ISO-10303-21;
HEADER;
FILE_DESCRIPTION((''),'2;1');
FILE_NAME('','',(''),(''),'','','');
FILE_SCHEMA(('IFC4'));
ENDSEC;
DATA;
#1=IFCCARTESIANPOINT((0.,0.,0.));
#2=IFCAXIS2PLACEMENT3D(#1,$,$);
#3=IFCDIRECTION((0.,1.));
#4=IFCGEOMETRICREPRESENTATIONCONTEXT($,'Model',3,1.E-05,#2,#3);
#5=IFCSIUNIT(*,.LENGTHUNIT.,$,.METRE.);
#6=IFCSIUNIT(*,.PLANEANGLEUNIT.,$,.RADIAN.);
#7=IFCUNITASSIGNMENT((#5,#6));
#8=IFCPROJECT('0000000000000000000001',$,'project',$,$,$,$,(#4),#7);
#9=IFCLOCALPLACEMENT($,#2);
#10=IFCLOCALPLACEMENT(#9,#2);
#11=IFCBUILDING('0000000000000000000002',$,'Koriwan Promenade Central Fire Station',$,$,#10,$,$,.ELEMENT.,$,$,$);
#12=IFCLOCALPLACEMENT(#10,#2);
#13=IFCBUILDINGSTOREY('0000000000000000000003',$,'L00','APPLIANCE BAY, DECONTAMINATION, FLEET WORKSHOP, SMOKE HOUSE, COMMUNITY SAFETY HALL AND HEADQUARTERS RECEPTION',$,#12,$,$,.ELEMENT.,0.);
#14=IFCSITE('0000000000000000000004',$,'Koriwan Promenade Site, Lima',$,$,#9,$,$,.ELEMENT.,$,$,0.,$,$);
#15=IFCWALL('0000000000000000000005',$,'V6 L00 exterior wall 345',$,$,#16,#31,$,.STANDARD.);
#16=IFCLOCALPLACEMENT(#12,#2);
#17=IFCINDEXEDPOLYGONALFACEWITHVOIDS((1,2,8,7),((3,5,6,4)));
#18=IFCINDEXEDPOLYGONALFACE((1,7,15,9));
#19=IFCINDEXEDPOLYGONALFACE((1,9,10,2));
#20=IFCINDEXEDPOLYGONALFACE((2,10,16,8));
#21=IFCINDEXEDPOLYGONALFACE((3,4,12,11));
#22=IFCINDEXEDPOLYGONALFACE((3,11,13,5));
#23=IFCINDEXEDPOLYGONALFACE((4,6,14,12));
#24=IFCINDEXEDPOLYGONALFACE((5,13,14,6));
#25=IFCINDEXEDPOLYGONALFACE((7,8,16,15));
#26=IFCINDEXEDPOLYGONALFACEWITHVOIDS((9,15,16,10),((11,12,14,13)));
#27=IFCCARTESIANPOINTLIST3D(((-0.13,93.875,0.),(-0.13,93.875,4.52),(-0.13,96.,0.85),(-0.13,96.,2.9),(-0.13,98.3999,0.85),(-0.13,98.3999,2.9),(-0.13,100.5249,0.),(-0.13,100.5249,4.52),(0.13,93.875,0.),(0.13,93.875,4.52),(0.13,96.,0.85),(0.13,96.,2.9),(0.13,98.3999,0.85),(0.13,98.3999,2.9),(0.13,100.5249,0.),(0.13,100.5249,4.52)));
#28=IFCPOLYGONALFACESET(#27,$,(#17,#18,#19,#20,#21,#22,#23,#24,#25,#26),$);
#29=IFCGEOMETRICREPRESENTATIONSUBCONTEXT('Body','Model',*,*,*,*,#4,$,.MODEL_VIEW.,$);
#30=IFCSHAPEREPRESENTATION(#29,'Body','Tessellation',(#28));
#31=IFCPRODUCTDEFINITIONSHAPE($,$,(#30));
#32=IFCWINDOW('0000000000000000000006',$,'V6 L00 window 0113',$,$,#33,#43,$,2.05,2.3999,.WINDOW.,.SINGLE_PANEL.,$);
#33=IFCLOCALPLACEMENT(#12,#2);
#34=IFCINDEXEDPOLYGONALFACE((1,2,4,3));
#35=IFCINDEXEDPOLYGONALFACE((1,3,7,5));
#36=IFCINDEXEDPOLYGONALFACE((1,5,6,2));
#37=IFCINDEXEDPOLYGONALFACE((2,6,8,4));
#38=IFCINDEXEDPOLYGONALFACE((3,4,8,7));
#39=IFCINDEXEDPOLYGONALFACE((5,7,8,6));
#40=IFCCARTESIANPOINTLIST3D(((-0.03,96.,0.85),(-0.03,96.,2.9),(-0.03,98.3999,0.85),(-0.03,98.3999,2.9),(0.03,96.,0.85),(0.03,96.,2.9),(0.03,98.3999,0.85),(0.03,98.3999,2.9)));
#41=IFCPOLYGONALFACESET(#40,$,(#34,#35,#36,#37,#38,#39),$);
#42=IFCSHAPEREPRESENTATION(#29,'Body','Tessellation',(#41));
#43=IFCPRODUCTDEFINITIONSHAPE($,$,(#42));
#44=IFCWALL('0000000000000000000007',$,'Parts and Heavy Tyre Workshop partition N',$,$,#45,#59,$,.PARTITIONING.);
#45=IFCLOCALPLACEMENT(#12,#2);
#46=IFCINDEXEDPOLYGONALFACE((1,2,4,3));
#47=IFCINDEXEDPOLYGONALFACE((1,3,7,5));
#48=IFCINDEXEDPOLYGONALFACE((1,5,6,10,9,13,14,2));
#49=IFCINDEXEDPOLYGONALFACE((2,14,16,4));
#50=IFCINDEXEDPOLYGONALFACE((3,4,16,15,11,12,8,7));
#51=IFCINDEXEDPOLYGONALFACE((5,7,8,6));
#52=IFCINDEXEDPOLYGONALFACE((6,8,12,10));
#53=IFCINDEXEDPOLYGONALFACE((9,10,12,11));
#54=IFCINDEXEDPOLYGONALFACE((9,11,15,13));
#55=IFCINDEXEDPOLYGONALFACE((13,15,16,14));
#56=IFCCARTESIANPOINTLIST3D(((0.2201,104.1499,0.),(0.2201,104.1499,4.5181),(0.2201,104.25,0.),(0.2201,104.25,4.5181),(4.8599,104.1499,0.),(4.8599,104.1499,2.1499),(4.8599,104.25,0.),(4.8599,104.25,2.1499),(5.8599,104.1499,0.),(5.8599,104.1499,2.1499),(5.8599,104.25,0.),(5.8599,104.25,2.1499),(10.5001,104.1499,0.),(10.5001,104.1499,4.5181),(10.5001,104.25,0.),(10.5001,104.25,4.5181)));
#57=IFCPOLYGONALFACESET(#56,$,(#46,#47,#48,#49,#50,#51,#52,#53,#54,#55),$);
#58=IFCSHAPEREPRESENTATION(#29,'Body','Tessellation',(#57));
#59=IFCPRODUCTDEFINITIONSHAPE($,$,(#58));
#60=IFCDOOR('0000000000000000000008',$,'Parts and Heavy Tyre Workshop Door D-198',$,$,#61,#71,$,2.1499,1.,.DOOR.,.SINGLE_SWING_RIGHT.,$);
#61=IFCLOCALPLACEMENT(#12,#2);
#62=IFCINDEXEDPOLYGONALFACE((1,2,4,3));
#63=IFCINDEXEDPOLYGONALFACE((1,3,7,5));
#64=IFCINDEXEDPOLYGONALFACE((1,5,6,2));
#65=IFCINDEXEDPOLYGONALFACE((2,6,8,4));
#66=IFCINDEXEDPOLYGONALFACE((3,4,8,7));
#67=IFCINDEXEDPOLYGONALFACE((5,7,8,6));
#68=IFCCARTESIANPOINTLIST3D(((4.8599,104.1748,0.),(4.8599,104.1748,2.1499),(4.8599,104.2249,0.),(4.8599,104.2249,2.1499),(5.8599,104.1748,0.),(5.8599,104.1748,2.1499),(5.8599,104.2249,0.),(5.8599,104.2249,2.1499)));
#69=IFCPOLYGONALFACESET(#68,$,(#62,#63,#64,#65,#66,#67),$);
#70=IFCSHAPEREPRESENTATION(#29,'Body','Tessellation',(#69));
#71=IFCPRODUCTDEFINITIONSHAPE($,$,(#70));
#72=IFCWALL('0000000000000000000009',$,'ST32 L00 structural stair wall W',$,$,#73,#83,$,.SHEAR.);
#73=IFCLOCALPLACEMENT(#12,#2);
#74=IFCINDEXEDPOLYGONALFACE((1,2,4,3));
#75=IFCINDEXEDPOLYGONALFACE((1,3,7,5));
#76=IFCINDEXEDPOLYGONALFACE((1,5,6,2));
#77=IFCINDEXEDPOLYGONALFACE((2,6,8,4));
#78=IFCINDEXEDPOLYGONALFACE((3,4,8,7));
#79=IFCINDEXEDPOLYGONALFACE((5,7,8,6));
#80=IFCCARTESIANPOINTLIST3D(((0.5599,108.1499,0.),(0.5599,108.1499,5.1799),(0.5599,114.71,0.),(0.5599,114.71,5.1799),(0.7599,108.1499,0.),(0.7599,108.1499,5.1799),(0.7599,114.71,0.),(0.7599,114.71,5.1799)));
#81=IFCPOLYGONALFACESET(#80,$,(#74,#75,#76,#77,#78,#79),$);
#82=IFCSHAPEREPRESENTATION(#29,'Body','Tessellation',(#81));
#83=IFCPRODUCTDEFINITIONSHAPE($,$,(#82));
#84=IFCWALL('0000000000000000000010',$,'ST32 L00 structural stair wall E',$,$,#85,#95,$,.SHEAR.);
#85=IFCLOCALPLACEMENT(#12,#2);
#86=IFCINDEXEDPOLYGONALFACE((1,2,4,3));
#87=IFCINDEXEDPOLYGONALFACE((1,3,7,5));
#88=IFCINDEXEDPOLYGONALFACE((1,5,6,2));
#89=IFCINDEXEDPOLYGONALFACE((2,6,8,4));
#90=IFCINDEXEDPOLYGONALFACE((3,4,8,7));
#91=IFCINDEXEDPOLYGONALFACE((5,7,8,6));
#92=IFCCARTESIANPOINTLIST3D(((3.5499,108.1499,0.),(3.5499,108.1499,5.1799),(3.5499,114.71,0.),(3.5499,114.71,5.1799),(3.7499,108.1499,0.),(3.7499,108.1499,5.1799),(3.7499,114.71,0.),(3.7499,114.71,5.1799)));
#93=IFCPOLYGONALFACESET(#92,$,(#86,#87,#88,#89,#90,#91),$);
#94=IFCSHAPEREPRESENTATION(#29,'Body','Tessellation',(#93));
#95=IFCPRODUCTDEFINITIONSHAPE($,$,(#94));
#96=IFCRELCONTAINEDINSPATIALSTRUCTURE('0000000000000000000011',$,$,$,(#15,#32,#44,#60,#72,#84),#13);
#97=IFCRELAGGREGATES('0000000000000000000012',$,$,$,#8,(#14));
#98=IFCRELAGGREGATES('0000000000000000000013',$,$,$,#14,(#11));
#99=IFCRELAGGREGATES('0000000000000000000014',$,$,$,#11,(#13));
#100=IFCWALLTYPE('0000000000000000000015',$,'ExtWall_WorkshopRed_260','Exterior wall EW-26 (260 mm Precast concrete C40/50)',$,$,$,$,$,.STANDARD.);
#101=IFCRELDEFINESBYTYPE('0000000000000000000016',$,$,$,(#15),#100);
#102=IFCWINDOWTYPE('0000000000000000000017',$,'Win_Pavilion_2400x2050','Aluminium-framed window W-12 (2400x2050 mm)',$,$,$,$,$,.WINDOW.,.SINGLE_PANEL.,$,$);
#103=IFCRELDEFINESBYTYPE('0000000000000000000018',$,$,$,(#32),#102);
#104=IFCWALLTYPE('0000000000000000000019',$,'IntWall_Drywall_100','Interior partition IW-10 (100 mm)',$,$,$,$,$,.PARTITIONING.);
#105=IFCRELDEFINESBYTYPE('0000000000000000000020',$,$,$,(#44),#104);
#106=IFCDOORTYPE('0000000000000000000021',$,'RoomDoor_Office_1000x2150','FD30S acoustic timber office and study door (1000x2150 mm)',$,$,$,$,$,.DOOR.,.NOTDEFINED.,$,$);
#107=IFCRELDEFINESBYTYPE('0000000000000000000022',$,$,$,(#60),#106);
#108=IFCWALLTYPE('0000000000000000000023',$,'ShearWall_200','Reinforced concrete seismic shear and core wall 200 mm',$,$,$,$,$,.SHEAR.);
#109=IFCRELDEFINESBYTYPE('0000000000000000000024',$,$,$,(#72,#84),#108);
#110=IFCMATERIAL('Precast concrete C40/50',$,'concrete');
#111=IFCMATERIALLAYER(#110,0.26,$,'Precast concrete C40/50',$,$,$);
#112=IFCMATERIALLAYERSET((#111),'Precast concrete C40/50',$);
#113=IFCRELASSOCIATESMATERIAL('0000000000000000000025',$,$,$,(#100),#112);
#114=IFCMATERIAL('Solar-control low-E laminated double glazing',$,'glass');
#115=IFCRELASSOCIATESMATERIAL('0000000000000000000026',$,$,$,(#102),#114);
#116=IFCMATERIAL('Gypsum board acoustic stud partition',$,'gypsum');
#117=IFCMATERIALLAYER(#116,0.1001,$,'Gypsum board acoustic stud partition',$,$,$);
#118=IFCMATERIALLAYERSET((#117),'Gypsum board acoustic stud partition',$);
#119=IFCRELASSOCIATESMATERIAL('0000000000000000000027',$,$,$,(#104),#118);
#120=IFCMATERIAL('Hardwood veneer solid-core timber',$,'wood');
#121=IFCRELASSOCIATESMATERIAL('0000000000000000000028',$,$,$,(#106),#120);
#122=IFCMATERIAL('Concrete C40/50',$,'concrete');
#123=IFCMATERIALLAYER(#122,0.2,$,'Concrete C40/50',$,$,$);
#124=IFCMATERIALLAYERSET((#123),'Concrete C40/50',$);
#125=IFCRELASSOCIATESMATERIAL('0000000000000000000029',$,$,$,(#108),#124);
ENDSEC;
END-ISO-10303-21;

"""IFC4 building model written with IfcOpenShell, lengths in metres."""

from ifc_helpers import new_model, si_unit, direction, frame, frame_2d, origin, place, context, subcontext, project, spatial, rectangle, extrude, material, layer, layer_set, type_object, element, fill, save


model = new_model("IFC4")

# Units and contexts
model_context = context("Model", 3, precision=1e-05, world=origin(), true_north=direction((0.0, 1.0)))
body_context = subcontext(model_context, "Body", "Model", "MODEL_VIEW")
ifc_project = project(units=[si_unit("LENGTHUNIT", "METRE"), si_unit("PLANEANGLEUNIT", "RADIAN")], contexts=[model_context])

# Site, building, storey
site_placement = place(None, origin())
site = spatial("IfcSite", under=ifc_project, at=site_placement, Name="Koriwan Promenade Site, Lima", CompositionType="ELEMENT", RefElevation=0.0)
building_placement = place(site_placement, origin())
building = spatial("IfcBuilding", under=site, at=building_placement, Name="Koriwan Promenade Central Fire Station", CompositionType="ELEMENT")
storey_placement = place(building_placement, origin())
storey = spatial("IfcBuildingStorey", under=building, at=storey_placement, Name="L00", Description="APPLIANCE BAY, DECONTAMINATION, FLEET WORKSHOP, SMOKE HOUSE, COMMUNITY SAFETY HALL AND HEADQUARTERS RECEPTION", CompositionType="ELEMENT", Elevation=0.0)

# Shared definitions
ifc_material_1 = material(Name="Concrete C40/50", Category="concrete")

# Shared definitions
ifc_material_2 = material(Name="Precast concrete C40/50", Category="concrete")
ifc_layer_1 = layer(ifc_material_2, 0.26, Name="Precast concrete C40/50")
ifc_layer_set_1 = layer_set([ifc_layer_1], Name="Precast concrete C40/50")
wall_type_1 = type_object("IfcWallType", Name="ExtWall_WorkshopRed_260", Description="Exterior wall EW-26 (260 mm Precast concrete C40/50)", PredefinedType="STANDARD", material=ifc_layer_set_1)

# Wall, opening, window
wall_1_placement = place(storey_placement, frame((0.0, 100.5249, 0.0), z_axis=(0.0, 0.0, 1.0), x_axis=(0.0, -1.0, 0.0)))
wall_1 = element("IfcWall", 1, at=wall_1_placement, inside=storey, type_object=wall_type_1, Name="V6 L00 exterior wall 345", PredefinedType="STANDARD", context=body_context, shape_type="SweptSolid", body=[
    extrude(rectangle(XDim=6.6499, YDim=0.26, at=frame_2d((3.325, 0.0))), origin(), (0.0, 0.0, 1.0), 4.52),
])
opening_1_placement = place(wall_1_placement, frame((2.125, 0.0, 0.8501)))
opening_1 = element("IfcOpeningElement", 2, at=opening_1_placement, cuts=wall_1, PredefinedType="OPENING", context=body_context, shape_type="SweptSolid", body=[
    extrude(rectangle(XDim=2.3999, YDim=2.05, at=frame_2d((1.2, 1.0249))), frame((0.0, 0.1421, 0.0), z_axis=(0.0, -1.0, 0.0), x_axis=(1.0, 0.0, 0.0)), (0.0, 0.0, 1.0), 0.2839),
])
ifc_material_3 = material(Name="Solar-control low-E laminated double glazing", Category="glass")
window_type = type_object("IfcWindowType", Name="Win_Pavilion_2400x2050", Description="Aluminium-framed window W-12 (2400x2050 mm)", PartitioningType="SINGLE_PANEL", PredefinedType="WINDOW", material=ifc_material_3)
window_placement = place(opening_1_placement, origin())
window = element("IfcWindow", 3, at=window_placement, inside=storey, type_object=window_type, Name="V6 L00 window 0113", OverallHeight=2.05, OverallWidth=2.3999, PartitioningType="SINGLE_PANEL", PredefinedType="WINDOW", context=body_context, shape_type="SweptSolid", body=[
    extrude(rectangle(XDim=2.3999, YDim=2.05, at=frame_2d((1.2, 1.0249))), frame((0.0, 0.03, 0.0), z_axis=(0.0, -1.0, 0.0), x_axis=(1.0, 0.0, 0.0)), (0.0, 0.0, 1.0), 0.0601),
])
fill(opening_1, window)

# Wall, opening, door
ifc_material_4 = material(Name="Gypsum board acoustic stud partition", Category="gypsum")
ifc_layer_2 = layer(ifc_material_4, 0.1001, Name="Gypsum board acoustic stud partition")
ifc_layer_set_2 = layer_set([ifc_layer_2], Name="Gypsum board acoustic stud partition")
wall_type_2 = type_object("IfcWallType", Name="IntWall_Drywall_100", Description="Interior partition IW-10 (100 mm)", PredefinedType="PARTITIONING", material=ifc_layer_set_2)
wall_2_placement = place(storey_placement, frame((0.22, 104.2, 0.0), z_axis=(0.0, 0.0, 1.0), x_axis=(1.0, 0.0, 0.0)))
wall_2 = element("IfcWall", 4, at=wall_2_placement, inside=storey, type_object=wall_type_2, Name="Parts and Heavy Tyre Workshop partition N", PredefinedType="PARTITIONING", context=body_context, shape_type="SweptSolid", body=[
    extrude(rectangle(XDim=10.28, YDim=0.1001, at=frame_2d((5.1401, 0.0))), origin(), (0.0, 0.0, 1.0), 4.5181),
])
opening_2_placement = place(wall_2_placement, frame((4.6399, 0.0, 0.0)))
opening_2 = element("IfcOpeningElement", 5, at=opening_2_placement, cuts=wall_2, PredefinedType="OPENING", context=body_context, shape_type="SweptSolid", body=[
    extrude(rectangle(XDim=1.0, YDim=2.1499, at=frame_2d((0.5, 1.075))), frame((0.0, 0.062, 0.0), z_axis=(0.0, -1.0, 0.0), x_axis=(1.0, 0.0, 0.0)), (0.0, 0.0, 1.0), 0.124),
])
ifc_material_5 = material(Name="Hardwood veneer solid-core timber", Category="wood")
door_type_1 = type_object("IfcDoorType", Name="RoomDoor_Office_1000x2150", Description="FD30S acoustic timber office and study door (1000x2150 mm)", OperationType="NOTDEFINED", PredefinedType="DOOR", material=ifc_material_5)
door_1_placement = place(opening_2_placement, origin())
door_1 = element("IfcDoor", 6, at=door_1_placement, inside=storey, type_object=door_type_1, Name="Parts and Heavy Tyre Workshop Door D-198", OperationType="SINGLE_SWING_RIGHT", OverallHeight=2.1499, OverallWidth=1.0, PredefinedType="DOOR", context=body_context, shape_type="SweptSolid", body=[
    extrude(rectangle(XDim=1.0, YDim=2.1499, at=frame_2d((0.5, 1.075))), frame((0.0, 0.0249, 0.0), z_axis=(0.0, -1.0, 0.0), x_axis=(1.0, 0.0, 0.0)), (0.0, 0.0, 1.0), 0.05),
])
fill(opening_2, door_1)
ifc_layer_3 = layer(ifc_material_1, 0.2, Name="Concrete C40/50")
ifc_layer_set_3 = layer_set([ifc_layer_3], Name="Concrete C40/50")
wall_type_3 = type_object("IfcWallType", Name="ShearWall_200", Description="Reinforced concrete seismic shear and core wall 200 mm", PredefinedType="SHEAR", material=ifc_layer_set_3)

# Walls
for number, where, z_axis, x_axis, name in (
    (7, (0.6599, 108.1499, 0.0), (0.0, 0.0, 1.0), (0.0, 1.0, 0.0), "ST32 L00 structural stair wall W"),
    (8, (3.6499, 108.1499, 0.0), (0.0, 0.0, 1.0), (0.0, 1.0, 0.0), "ST32 L00 structural stair wall E"),
):
    element("IfcWall", number, at=place(storey_placement, frame(where, z_axis=z_axis, x_axis=x_axis)), inside=storey, type_object=wall_type_3, Name=name, PredefinedType="SHEAR", context=body_context, shape_type="SweptSolid", body=[
        extrude(rectangle(XDim=6.5601, YDim=0.2, at=frame_2d((3.28, 0.0))), origin(), (0.0, 0.0, 1.0), 5.1799),
    ])

save(model, "model.ifc")
